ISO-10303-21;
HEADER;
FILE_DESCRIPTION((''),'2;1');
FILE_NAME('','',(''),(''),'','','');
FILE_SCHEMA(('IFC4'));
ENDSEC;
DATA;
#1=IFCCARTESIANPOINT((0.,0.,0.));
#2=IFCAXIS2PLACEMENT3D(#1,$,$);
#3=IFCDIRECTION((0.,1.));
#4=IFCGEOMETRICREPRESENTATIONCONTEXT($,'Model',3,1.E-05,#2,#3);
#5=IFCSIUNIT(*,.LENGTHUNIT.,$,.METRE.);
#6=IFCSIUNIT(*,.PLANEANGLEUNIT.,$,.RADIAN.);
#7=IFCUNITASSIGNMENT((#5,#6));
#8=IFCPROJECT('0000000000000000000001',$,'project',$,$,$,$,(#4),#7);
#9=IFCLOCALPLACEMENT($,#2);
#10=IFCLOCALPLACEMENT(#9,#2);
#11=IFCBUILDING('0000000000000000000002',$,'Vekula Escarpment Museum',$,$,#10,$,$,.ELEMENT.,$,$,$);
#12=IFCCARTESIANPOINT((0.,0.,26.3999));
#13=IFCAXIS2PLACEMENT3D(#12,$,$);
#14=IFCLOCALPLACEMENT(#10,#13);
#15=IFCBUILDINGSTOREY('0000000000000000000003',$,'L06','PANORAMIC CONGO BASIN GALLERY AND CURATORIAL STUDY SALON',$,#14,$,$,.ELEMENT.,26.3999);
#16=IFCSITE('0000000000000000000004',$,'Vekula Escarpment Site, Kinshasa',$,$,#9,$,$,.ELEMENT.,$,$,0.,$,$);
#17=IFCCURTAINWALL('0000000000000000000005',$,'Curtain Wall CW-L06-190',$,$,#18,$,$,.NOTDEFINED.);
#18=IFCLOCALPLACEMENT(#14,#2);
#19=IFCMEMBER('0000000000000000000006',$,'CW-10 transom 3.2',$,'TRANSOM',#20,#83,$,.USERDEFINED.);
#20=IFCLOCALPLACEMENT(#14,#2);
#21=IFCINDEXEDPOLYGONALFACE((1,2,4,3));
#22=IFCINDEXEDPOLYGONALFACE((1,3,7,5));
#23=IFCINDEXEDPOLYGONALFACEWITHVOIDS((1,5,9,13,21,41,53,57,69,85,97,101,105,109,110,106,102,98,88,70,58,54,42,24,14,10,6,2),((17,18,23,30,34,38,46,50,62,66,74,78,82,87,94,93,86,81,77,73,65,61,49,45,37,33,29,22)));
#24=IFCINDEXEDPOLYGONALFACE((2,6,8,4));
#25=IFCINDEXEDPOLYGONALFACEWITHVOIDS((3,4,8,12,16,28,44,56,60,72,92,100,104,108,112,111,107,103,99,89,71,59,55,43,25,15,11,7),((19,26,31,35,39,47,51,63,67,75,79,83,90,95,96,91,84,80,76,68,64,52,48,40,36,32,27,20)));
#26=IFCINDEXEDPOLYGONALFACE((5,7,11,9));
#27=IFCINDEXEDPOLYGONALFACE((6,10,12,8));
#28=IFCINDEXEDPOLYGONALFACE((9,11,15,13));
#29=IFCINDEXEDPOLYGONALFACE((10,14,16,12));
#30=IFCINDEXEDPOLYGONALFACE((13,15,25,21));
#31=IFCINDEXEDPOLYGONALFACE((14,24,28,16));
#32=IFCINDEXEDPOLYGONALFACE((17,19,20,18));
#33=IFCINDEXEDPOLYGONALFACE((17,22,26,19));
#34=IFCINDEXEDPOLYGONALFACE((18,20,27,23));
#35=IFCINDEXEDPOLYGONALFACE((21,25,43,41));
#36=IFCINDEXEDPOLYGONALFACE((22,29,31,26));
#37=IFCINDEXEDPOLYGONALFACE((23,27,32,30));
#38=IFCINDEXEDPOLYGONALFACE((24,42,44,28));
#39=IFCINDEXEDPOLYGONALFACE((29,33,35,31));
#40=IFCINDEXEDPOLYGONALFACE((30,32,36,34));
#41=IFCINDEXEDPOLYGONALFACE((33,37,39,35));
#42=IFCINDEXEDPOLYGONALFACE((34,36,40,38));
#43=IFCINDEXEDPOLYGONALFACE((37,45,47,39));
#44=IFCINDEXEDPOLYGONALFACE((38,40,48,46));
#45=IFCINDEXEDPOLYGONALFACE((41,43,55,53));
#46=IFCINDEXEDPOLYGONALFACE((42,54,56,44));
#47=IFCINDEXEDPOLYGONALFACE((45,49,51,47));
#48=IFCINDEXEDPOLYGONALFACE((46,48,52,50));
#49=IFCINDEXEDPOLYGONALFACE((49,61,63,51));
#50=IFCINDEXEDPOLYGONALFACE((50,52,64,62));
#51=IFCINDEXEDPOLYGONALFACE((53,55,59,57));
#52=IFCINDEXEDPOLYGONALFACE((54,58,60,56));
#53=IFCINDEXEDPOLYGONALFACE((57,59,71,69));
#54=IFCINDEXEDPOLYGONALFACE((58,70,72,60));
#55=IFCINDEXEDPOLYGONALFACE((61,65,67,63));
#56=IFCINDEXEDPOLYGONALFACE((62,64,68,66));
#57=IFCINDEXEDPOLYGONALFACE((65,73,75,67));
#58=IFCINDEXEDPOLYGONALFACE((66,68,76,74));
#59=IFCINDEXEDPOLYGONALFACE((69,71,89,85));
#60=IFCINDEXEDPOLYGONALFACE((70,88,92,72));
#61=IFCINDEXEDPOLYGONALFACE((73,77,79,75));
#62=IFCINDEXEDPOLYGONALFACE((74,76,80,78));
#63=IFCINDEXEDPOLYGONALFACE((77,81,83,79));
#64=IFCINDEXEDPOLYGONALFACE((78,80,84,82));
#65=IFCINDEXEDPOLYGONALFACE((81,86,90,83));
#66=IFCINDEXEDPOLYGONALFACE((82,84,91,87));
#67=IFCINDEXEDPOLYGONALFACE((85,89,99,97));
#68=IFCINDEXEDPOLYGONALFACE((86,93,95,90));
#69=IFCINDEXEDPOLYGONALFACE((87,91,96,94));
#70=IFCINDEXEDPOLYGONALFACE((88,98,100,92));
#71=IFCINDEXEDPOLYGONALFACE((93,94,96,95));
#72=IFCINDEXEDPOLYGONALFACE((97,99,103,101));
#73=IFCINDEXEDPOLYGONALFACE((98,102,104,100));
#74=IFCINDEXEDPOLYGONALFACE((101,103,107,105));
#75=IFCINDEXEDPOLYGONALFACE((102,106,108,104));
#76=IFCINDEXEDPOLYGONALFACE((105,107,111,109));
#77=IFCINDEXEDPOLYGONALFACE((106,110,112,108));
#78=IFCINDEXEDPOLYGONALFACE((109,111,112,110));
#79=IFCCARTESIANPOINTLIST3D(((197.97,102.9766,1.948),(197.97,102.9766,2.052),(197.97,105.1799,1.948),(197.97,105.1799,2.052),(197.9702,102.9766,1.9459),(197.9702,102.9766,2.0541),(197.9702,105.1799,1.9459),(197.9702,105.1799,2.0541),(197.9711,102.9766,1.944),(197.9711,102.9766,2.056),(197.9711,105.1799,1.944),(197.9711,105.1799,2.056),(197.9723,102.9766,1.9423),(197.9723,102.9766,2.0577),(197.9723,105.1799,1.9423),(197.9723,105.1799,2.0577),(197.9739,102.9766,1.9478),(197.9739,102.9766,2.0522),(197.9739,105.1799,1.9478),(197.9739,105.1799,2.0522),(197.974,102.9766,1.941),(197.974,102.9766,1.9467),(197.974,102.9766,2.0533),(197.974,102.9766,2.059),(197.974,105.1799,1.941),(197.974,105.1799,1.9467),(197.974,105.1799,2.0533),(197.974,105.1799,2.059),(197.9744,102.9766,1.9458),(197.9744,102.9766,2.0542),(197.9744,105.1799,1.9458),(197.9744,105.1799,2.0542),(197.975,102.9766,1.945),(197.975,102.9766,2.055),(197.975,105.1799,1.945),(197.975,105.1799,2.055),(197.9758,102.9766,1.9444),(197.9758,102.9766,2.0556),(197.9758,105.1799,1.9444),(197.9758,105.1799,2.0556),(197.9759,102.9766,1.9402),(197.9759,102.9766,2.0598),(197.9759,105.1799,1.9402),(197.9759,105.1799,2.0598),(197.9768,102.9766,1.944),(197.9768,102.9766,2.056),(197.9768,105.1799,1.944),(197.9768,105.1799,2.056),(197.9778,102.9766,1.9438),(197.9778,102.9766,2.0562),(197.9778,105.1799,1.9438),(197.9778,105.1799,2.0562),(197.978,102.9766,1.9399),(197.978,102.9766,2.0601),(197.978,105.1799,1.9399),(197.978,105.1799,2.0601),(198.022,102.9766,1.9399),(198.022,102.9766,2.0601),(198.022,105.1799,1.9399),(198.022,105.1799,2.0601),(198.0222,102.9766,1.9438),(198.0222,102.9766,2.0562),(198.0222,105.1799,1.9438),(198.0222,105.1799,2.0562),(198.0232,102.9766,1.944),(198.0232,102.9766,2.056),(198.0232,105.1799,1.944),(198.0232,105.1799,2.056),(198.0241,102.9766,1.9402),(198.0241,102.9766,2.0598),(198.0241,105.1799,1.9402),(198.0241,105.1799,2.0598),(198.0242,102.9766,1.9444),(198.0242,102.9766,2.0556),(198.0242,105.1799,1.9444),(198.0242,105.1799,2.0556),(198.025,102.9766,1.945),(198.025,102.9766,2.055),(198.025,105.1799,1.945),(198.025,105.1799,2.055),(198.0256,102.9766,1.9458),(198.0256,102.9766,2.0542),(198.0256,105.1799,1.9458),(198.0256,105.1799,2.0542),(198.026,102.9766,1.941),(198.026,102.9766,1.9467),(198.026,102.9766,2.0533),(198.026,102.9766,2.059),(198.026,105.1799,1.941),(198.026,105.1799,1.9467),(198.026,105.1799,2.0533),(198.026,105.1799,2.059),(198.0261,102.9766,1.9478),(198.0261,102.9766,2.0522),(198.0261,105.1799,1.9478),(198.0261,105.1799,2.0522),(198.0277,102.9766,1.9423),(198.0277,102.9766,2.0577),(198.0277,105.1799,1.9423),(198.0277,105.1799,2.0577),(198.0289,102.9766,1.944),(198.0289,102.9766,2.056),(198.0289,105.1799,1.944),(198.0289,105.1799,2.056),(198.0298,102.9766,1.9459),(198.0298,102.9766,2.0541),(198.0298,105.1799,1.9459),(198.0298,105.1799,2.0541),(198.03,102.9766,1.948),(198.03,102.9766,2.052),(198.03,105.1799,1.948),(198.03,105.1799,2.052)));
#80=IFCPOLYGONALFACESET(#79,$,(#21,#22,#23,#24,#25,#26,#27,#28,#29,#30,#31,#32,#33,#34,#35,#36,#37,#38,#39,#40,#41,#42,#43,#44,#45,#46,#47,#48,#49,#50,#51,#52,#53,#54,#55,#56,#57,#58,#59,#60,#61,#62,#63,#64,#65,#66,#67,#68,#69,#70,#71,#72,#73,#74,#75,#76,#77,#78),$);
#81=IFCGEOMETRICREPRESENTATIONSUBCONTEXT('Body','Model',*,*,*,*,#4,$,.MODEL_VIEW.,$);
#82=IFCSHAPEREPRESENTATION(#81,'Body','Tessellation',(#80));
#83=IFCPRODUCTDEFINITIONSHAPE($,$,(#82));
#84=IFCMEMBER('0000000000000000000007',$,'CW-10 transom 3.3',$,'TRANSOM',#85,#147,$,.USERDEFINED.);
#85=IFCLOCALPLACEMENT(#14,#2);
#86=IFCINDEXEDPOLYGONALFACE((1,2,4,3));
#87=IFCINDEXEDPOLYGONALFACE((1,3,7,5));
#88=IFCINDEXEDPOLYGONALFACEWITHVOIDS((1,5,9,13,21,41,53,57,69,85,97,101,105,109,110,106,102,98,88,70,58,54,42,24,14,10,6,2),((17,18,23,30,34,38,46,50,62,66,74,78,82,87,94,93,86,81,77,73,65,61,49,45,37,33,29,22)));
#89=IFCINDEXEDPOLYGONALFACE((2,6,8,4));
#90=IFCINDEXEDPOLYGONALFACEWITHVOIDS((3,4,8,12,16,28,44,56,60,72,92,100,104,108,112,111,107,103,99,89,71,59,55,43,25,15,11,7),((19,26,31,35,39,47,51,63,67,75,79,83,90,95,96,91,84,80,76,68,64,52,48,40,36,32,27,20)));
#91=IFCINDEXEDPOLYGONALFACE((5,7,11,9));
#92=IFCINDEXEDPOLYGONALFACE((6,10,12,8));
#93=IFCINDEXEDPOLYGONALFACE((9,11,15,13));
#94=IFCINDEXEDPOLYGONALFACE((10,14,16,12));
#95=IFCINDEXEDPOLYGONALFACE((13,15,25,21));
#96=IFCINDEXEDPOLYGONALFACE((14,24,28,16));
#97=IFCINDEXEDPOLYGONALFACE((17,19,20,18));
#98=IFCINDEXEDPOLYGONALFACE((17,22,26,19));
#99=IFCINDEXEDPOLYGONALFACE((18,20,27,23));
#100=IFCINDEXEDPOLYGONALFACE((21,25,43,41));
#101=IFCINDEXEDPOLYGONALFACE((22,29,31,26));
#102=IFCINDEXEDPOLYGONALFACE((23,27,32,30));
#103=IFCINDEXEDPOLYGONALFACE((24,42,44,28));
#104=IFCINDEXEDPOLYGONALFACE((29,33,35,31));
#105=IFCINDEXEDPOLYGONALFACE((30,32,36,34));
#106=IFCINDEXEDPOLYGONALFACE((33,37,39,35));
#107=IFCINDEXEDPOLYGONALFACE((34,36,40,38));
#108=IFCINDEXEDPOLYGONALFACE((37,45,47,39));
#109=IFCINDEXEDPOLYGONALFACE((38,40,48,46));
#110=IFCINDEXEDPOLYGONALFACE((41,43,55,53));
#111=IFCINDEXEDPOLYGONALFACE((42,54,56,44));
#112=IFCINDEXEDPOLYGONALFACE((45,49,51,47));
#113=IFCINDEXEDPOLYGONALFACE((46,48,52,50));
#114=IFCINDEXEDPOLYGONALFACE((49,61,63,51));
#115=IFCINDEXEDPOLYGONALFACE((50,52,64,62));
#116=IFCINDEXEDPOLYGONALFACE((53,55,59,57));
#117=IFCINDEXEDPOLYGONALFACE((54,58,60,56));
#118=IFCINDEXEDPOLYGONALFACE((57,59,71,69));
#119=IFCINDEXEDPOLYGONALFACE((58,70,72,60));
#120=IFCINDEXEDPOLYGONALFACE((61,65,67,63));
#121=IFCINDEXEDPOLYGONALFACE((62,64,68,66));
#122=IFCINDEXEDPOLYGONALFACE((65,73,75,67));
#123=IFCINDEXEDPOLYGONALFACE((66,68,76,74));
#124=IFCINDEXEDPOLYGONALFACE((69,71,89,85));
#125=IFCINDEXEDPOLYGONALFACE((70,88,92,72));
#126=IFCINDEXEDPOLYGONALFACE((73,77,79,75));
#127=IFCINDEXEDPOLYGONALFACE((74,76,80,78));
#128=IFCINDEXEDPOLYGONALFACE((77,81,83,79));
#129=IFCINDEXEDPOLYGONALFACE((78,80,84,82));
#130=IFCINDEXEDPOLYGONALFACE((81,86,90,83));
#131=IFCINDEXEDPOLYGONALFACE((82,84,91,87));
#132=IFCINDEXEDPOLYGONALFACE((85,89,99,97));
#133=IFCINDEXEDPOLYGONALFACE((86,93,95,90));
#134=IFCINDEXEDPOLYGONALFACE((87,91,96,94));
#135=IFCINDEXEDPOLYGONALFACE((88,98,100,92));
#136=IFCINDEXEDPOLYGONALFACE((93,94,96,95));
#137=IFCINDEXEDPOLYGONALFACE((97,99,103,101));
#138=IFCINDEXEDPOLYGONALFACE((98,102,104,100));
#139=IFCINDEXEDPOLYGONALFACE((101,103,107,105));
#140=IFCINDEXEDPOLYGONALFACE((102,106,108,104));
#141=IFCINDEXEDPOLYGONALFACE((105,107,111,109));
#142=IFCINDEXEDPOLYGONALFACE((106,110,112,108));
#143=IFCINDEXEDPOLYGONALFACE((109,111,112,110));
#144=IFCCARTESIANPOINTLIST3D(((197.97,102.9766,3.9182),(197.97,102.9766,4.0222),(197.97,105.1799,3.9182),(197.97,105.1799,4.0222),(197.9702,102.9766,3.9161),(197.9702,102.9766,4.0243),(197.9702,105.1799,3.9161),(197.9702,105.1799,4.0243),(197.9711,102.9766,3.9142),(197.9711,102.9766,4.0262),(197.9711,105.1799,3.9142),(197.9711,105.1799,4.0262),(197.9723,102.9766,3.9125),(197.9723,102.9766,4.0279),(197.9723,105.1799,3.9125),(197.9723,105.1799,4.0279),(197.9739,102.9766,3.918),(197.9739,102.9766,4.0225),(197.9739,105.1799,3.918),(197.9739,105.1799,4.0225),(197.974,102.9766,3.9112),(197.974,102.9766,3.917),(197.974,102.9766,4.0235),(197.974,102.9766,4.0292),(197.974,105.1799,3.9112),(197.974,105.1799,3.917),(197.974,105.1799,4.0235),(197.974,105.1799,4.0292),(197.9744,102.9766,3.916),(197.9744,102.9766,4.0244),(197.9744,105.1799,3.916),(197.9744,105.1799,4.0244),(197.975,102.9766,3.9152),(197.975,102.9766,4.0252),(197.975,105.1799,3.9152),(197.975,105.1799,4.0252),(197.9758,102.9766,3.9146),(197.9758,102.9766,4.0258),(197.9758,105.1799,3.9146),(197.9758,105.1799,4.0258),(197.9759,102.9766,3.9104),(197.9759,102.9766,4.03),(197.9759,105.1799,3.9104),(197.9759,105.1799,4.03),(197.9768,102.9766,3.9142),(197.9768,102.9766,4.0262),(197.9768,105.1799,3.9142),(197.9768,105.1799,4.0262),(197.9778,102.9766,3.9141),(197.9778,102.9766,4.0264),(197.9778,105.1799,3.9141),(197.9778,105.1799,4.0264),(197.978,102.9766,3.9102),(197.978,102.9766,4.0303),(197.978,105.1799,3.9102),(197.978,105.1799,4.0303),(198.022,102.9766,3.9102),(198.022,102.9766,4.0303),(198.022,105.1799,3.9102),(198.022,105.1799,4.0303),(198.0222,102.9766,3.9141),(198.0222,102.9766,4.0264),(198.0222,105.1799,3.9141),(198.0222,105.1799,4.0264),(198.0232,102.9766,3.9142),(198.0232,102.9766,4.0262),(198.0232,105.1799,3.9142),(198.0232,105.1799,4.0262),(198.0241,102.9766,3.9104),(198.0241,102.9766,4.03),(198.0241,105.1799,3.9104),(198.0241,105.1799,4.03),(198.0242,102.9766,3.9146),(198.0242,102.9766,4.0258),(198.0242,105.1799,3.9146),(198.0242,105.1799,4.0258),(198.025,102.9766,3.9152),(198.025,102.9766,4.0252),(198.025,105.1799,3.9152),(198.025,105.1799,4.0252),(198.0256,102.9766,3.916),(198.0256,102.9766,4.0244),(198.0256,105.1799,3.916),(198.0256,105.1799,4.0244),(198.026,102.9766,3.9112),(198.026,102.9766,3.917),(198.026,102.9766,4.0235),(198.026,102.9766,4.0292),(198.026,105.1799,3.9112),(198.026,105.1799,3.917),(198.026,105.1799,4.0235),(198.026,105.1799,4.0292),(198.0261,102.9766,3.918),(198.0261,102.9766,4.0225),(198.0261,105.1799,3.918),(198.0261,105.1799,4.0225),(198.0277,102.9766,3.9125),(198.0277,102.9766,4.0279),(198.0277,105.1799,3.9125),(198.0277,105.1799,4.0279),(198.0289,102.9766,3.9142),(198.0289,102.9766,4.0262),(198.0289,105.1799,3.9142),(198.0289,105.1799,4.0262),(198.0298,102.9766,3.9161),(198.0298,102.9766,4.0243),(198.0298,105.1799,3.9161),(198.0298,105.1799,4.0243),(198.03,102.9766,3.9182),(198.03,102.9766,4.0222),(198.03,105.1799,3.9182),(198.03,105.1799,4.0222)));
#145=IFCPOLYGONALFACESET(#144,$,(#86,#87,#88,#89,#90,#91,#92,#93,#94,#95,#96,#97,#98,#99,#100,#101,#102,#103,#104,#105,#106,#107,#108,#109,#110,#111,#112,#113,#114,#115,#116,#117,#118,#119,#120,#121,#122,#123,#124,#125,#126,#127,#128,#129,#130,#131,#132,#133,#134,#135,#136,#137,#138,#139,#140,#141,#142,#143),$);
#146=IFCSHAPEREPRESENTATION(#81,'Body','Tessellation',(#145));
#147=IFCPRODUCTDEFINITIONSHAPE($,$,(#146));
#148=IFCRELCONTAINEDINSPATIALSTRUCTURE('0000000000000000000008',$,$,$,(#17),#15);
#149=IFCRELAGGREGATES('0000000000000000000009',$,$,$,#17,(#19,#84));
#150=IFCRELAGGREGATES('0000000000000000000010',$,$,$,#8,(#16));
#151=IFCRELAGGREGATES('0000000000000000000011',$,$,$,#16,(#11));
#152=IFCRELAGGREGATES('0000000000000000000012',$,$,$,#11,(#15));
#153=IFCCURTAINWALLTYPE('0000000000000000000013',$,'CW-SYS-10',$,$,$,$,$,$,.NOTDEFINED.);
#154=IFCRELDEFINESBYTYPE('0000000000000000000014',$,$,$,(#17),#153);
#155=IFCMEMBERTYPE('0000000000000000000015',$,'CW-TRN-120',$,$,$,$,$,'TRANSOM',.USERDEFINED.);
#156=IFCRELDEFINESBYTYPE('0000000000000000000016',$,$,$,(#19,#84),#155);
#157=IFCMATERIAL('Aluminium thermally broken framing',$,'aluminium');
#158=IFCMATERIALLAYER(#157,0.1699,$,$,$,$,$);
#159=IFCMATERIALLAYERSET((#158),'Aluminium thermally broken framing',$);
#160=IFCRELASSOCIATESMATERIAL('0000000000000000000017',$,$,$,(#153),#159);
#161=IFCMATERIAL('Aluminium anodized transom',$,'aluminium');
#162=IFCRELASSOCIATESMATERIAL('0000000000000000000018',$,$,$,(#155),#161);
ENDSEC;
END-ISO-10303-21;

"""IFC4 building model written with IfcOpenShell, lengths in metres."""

from ifc_helpers import new_model, si_unit, direction, frame, origin, origin_2d, place, context, subcontext, project, spatial, hollow_rectangle, extrude, material, layer, layer_set, material_profile, profile_set, type_object, element, aggregate, save


model = new_model("IFC4")

# Units and contexts
model_context = context("Model", 3, precision=1e-05, world=origin(), true_north=direction((0.0, 1.0)))
body_context = subcontext(model_context, "Body", "Model", "MODEL_VIEW")
ifc_project = project(units=[si_unit("LENGTHUNIT", "METRE"), si_unit("PLANEANGLEUNIT", "RADIAN")], contexts=[model_context])

# Site, building, storey
site_placement = place(None, origin())
site = spatial("IfcSite", under=ifc_project, at=site_placement, Name="Vekula Escarpment Site, Kinshasa", CompositionType="ELEMENT", RefElevation=0.0)
building_placement = place(site_placement, origin())
building = spatial("IfcBuilding", under=site, at=building_placement, Name="Vekula Escarpment Museum", CompositionType="ELEMENT")
storey_placement = place(building_placement, frame((0.0, 0.0, 26.3999)))
storey = spatial("IfcBuildingStorey", under=building, at=storey_placement, Name="L06", Description="PANORAMIC CONGO BASIN GALLERY AND CURATORIAL STUDY SALON", CompositionType="ELEMENT", Elevation=26.3999)

# Curtain wall, members
ifc_material_1 = material(Name="Aluminium thermally broken framing", Category="aluminium")
ifc_layer_1 = layer(ifc_material_1, 0.1699)
ifc_layer_set_1 = layer_set([ifc_layer_1], Name="Aluminium thermally broken framing")
curtain_wall_type = type_object("IfcCurtainWallType", Name="CW-SYS-10", PredefinedType="NOTDEFINED", material=ifc_layer_set_1)
curtain_wall_placement = place(storey_placement, origin())
curtain_wall = element("IfcCurtainWall", 1, at=curtain_wall_placement, inside=storey, type_object=curtain_wall_type, Name="Curtain Wall CW-L06-190", PredefinedType="NOTDEFINED")
ifc_material_2 = material(Name="Aluminium anodized transom", Category="aluminium")
ifc_material_profile_1 = material_profile(ifc_material_2, hollow_rectangle(XDim=0.0601, YDim=0.1201, WallThickness=0.0039, InnerFilletRadius=0.0039, OuterFilletRadius=0.0081, at=origin_2d()), Name="ALU 120x60x4")
ifc_profile_set_1 = profile_set([ifc_material_profile_1], Name="Aluminium anodized transom")
member_type_1 = type_object("IfcMemberType", Name="CW-TRN-120", ElementType="TRANSOM", PredefinedType="USERDEFINED", material=ifc_profile_set_1)
member_1_placement = place(storey_placement, frame((198.0, 102.9766, 2.0), z_axis=(0.0, 1.0, 0.0), x_axis=(-1.0, 0.0, 0.0)))
member_1 = element("IfcMember", 2, at=member_1_placement, type_object=member_type_1, Name="CW-10 transom 3.2", ObjectType="TRANSOM", PredefinedType="USERDEFINED", context=body_context, shape_type="SweptSolid", body=[
    extrude(hollow_rectangle(XDim=0.0601, YDim=0.1201, WallThickness=0.0039, InnerFilletRadius=0.0039, OuterFilletRadius=0.0081, at=origin_2d()), origin(), (0.0, 0.0, 1.0), 2.2034),
])
member_2_placement = place(storey_placement, frame((198.0, 102.9766, 3.9702), z_axis=(0.0, 1.0, 0.0), x_axis=(-1.0, 0.0, 0.0)))
member_2 = element("IfcMember", 3, at=member_2_placement, type_object=member_type_1, Name="CW-10 transom 3.3", ObjectType="TRANSOM", PredefinedType="USERDEFINED", context=body_context, shape_type="SweptSolid", body=[
    extrude(hollow_rectangle(XDim=0.0601, YDim=0.1201, WallThickness=0.0039, InnerFilletRadius=0.0039, OuterFilletRadius=0.0081, at=origin_2d()), origin(), (0.0, 0.0, 1.0), 2.2034),
])

aggregate(curtain_wall, [member_1, member_2])

save(model, "model.ifc")
